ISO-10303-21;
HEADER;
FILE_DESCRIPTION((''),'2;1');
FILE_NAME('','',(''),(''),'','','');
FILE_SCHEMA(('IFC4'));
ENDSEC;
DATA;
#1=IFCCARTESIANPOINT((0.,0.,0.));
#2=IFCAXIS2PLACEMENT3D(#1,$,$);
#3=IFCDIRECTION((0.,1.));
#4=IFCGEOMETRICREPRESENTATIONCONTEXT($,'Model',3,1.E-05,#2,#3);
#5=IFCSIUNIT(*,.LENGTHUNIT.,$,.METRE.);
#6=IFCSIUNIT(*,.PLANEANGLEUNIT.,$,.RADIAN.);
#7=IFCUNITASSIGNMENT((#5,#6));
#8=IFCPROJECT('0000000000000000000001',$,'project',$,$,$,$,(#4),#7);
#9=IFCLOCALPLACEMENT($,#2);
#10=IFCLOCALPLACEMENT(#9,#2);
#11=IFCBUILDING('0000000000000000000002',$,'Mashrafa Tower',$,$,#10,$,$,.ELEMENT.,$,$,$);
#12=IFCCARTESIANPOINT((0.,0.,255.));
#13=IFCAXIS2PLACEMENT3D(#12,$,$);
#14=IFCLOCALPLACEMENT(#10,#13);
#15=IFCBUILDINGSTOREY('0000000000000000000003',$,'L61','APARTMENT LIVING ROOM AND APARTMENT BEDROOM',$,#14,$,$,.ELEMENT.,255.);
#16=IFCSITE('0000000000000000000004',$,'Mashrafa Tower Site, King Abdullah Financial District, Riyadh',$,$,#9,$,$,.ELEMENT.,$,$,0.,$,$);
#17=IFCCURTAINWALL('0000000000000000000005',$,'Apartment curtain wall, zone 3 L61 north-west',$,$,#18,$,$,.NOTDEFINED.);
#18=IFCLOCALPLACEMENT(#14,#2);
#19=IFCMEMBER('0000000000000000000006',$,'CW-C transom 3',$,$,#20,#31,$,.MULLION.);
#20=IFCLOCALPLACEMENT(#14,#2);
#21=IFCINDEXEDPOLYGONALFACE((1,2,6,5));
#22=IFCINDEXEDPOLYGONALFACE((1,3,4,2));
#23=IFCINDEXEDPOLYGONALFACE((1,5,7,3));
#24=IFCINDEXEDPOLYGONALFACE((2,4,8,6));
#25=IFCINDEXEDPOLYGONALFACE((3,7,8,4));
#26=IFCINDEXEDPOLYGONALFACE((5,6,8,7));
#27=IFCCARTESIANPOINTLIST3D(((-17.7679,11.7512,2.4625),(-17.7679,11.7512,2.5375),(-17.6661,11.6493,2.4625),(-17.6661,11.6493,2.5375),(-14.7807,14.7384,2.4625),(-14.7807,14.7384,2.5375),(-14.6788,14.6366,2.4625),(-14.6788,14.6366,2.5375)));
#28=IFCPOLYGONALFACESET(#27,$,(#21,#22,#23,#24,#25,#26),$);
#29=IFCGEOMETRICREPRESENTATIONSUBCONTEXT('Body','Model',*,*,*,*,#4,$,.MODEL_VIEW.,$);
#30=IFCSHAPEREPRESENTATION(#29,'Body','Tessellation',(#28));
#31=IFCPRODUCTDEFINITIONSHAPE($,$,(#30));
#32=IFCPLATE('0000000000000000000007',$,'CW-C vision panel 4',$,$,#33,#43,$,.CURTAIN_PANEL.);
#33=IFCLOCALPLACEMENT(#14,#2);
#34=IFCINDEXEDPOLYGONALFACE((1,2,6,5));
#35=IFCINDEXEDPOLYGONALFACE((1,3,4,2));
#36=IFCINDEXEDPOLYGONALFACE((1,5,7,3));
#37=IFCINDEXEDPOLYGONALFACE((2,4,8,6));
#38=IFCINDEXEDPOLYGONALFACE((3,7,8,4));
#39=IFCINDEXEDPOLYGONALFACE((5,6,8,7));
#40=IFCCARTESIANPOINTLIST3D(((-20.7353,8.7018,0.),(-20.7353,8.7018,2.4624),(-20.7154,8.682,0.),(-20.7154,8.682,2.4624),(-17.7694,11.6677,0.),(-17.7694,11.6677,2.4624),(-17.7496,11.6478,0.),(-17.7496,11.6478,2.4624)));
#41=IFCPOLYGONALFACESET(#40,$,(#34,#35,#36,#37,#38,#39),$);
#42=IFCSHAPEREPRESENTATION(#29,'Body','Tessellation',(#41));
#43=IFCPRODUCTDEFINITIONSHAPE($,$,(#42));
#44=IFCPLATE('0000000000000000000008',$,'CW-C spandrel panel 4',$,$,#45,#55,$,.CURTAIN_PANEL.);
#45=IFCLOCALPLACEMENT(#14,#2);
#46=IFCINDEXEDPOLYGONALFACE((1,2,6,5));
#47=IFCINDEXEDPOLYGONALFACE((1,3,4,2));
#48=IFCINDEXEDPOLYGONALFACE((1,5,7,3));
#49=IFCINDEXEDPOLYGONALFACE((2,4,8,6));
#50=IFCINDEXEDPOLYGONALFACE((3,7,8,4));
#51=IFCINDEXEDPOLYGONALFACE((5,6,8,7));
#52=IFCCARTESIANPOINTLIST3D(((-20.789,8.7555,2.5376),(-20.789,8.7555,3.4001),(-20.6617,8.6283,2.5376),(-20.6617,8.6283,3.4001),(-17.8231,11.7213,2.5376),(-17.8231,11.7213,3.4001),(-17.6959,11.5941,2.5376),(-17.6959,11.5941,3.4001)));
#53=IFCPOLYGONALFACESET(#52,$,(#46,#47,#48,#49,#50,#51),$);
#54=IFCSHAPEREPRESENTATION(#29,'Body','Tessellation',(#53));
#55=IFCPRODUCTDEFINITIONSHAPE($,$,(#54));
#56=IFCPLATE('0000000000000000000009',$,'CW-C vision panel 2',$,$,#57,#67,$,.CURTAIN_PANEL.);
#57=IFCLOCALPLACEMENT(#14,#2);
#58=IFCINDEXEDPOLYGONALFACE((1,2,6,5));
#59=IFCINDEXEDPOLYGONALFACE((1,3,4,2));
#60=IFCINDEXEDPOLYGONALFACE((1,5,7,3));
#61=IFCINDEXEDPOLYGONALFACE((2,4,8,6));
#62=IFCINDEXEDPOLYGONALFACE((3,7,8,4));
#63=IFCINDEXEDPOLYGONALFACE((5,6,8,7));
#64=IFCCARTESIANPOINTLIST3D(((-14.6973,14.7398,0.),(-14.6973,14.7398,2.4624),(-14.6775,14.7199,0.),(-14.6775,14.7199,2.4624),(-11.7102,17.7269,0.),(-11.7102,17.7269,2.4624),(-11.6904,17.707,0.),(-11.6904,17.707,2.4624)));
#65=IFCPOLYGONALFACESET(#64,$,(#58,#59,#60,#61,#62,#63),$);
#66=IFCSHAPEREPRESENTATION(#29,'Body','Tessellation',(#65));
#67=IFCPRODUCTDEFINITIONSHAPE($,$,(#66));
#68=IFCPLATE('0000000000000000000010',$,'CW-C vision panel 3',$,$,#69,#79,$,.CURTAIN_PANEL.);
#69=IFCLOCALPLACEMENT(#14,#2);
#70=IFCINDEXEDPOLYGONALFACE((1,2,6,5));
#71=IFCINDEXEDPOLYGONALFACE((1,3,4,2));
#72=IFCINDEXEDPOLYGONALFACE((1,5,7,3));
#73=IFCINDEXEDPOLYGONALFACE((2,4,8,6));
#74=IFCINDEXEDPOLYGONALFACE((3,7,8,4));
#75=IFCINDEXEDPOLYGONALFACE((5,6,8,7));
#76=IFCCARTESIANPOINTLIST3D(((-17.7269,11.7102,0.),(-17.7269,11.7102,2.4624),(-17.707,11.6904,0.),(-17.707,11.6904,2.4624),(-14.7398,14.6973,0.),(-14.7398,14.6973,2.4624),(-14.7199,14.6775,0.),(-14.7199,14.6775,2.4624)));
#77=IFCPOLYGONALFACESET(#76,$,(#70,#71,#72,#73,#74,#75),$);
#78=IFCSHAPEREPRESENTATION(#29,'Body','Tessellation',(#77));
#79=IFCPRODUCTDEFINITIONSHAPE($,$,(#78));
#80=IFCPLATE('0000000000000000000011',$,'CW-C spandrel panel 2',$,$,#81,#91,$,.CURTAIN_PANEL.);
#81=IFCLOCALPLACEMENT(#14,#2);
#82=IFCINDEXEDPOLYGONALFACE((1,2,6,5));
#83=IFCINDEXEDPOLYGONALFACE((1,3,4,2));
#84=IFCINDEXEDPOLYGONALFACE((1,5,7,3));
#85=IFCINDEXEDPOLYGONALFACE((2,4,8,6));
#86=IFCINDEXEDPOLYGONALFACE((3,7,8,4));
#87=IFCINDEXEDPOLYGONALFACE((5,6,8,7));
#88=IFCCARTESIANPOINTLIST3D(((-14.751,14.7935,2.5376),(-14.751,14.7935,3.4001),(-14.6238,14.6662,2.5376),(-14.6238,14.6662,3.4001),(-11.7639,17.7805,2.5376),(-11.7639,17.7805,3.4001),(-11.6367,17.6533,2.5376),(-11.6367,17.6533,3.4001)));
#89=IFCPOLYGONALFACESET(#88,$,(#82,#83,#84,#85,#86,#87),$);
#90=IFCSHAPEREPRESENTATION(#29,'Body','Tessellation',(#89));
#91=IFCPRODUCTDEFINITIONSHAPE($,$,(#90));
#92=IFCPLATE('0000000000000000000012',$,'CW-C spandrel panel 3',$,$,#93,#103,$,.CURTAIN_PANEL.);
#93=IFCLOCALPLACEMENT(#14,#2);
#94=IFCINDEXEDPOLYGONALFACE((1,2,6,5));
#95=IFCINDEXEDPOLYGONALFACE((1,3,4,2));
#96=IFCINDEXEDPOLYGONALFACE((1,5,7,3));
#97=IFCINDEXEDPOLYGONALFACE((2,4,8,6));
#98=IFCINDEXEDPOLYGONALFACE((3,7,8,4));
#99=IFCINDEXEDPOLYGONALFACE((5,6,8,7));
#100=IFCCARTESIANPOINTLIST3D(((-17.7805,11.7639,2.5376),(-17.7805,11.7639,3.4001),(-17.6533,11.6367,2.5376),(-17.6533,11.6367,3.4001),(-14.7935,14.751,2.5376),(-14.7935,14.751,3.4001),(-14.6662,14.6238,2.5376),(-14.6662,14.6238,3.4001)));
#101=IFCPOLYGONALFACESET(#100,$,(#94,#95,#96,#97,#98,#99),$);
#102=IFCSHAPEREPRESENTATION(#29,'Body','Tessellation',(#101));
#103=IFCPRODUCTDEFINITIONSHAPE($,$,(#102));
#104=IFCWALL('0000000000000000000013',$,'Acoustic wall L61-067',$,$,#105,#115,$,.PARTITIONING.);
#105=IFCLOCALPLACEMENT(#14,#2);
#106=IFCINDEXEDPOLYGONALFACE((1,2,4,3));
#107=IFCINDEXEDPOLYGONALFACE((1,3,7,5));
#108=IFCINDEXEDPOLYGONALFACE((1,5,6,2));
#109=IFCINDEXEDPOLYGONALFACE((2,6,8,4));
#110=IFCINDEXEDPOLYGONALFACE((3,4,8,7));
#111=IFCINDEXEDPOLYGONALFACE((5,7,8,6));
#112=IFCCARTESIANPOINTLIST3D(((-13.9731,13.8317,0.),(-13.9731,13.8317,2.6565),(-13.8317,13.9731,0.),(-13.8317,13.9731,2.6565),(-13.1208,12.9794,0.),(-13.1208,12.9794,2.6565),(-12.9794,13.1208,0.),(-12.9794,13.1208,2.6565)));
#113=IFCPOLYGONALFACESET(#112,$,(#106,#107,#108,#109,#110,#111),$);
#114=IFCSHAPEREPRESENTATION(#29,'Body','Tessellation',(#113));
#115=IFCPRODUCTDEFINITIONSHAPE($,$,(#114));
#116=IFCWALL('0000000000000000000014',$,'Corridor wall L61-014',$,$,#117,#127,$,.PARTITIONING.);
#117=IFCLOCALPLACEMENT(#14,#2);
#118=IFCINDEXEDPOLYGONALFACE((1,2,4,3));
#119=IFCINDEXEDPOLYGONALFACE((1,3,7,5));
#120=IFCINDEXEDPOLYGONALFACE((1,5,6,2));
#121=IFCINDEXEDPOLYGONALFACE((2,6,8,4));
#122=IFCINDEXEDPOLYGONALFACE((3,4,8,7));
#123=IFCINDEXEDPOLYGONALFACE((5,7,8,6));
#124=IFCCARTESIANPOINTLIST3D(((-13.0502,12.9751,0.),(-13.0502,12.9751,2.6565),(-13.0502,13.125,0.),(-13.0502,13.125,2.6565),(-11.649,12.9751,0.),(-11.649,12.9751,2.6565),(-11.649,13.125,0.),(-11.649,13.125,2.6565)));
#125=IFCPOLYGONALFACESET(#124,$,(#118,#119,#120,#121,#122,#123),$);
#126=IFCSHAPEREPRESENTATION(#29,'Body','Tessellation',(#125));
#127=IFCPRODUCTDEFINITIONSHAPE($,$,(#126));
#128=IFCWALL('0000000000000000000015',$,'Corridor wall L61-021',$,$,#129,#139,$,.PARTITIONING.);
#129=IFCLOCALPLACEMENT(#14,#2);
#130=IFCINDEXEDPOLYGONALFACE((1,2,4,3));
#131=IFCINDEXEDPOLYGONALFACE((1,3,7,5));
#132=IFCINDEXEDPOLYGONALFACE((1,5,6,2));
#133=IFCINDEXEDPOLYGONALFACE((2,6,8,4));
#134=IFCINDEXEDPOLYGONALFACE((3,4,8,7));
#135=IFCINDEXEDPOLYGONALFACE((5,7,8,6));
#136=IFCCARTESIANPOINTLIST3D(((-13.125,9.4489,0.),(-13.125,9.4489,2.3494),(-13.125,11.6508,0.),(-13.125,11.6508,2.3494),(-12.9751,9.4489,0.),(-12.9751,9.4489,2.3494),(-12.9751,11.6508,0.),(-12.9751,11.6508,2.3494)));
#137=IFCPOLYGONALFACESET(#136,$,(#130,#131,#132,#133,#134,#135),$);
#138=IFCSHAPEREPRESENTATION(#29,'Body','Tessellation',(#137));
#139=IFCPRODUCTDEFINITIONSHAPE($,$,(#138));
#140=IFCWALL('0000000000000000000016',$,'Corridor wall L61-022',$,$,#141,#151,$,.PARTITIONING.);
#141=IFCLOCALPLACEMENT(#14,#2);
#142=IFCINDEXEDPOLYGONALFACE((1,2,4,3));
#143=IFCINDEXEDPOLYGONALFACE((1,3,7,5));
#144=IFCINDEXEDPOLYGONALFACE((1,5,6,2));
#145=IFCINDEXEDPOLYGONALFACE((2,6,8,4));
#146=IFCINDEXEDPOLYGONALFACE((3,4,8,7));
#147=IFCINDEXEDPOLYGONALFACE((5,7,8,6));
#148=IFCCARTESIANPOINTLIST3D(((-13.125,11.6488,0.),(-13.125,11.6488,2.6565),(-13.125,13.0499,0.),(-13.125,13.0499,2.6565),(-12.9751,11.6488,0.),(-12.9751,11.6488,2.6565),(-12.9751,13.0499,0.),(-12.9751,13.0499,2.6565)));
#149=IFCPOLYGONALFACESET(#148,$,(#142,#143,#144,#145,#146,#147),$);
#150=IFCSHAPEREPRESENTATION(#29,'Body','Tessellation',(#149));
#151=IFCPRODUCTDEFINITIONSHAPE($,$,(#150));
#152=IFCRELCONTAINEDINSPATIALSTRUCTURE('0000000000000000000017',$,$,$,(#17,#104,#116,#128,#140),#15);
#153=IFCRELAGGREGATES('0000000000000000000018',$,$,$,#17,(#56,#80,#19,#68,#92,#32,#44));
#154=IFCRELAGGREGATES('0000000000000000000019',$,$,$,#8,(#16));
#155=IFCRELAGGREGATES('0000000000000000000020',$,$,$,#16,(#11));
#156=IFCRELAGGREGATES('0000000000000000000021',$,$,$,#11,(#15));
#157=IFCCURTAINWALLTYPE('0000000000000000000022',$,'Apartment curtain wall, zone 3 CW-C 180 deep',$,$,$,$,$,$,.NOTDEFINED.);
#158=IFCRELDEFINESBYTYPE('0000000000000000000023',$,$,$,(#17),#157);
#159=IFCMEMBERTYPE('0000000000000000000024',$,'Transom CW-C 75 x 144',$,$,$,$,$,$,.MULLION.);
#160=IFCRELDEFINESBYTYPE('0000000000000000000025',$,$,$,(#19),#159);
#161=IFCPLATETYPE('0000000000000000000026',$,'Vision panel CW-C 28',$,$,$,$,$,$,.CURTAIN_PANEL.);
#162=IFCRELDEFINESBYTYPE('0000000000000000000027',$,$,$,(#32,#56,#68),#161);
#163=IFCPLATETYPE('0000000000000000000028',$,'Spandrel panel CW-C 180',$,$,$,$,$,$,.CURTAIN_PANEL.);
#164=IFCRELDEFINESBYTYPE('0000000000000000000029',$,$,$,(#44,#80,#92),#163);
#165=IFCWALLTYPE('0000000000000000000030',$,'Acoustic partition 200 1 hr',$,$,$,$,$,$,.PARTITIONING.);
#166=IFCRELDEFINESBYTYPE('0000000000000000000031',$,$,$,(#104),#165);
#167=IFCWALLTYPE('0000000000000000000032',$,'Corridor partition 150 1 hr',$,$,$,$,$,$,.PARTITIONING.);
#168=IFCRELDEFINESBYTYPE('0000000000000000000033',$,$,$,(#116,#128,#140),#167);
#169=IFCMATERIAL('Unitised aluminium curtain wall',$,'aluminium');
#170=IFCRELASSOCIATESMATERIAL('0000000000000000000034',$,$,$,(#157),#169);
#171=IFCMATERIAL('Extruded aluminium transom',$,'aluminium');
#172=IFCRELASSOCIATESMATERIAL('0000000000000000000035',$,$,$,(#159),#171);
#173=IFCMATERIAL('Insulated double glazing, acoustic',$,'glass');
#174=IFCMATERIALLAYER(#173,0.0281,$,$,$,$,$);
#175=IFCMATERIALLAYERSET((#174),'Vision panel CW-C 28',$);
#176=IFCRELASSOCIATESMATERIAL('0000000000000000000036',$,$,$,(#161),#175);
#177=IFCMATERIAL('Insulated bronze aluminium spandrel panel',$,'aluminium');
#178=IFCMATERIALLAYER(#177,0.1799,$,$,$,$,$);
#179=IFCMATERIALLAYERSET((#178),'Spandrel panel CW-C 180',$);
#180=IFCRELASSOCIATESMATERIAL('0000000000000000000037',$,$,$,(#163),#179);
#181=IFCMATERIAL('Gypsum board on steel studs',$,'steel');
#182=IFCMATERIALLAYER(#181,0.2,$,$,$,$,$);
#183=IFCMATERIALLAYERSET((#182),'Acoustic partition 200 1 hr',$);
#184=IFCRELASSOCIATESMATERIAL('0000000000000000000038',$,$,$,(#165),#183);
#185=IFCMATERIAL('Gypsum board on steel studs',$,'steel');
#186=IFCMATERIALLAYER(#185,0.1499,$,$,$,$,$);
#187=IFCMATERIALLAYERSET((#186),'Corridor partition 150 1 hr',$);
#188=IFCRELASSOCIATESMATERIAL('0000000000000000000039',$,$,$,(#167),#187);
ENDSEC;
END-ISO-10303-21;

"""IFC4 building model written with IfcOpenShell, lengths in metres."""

from ifc_helpers import new_model, si_unit, direction, frame, frame_2d, origin, origin_2d, place, context, subcontext, project, spatial, rectangle, extrude, source, transform, mapped, material, layer, layer_set, material_profile, profile_set, type_object, type_shapes, element, aggregate, save


model = new_model("IFC4")

# Units and contexts
model_context = context("Model", 3, precision=1e-05, world=origin(), true_north=direction((0.0, 1.0)))
body_context = subcontext(model_context, "Body", "Model", "MODEL_VIEW")
ifc_project = project(units=[si_unit("LENGTHUNIT", "METRE"), si_unit("PLANEANGLEUNIT", "RADIAN")], contexts=[model_context])

# Site, building, storey
site_placement = place(None, origin())
site = spatial("IfcSite", under=ifc_project, at=site_placement, Name="Mashrafa Tower Site, King Abdullah Financial District, Riyadh", CompositionType="ELEMENT", RefElevation=0.0)
building_placement = place(site_placement, origin())
building = spatial("IfcBuilding", under=site, at=building_placement, Name="Mashrafa Tower", CompositionType="ELEMENT")
storey_placement = place(building_placement, frame((0.0, 0.0, 255.0)))
storey = spatial("IfcBuildingStorey", under=building, at=storey_placement, Name="L61", Description="APARTMENT LIVING ROOM AND APARTMENT BEDROOM", CompositionType="ELEMENT", Elevation=255.0)

# Curtain wall, member, plates
ifc_material_1 = material(Name="Unitised aluminium curtain wall", Category="aluminium")
curtain_wall_type = type_object("IfcCurtainWallType", Name="Apartment curtain wall, zone 3 CW-C 180 deep", PredefinedType="NOTDEFINED", material=ifc_material_1)
curtain_wall_placement = place(storey_placement, origin())
curtain_wall = element("IfcCurtainWall", 1, at=curtain_wall_placement, inside=storey, type_object=curtain_wall_type, Name="Apartment curtain wall, zone 3 L61 north-west", PredefinedType="NOTDEFINED")
ifc_material_2 = material(Name="Extruded aluminium transom", Category="aluminium")
ifc_material_profile_1 = material_profile(ifc_material_2, rectangle(XDim=0.144, YDim=0.075, at=origin_2d()), Name="Transom 75x144")
ifc_profile_set_1 = profile_set([ifc_material_profile_1], Name="Extruded aluminium transom")
member_type_1 = type_object("IfcMemberType", Name="Transom CW-C 75 x 144", PredefinedType="MULLION", material=ifc_profile_set_1)
shared_shape_1 = source(origin(), body_context, "Body", "SweptSolid", [
    extrude(rectangle(XDim=0.144, YDim=0.075, at=origin_2d()), origin(), (0.0, 0.0, 1.0), 4.2246),
])
member_1_placement = place(storey_placement, frame((-14.7297, 14.6875, 2.5), z_axis=(-0.707107, -0.707107, 0.0), x_axis=(0.707107, -0.707107, 0.0)))
member_1 = element("IfcMember", 2, at=member_1_placement, type_object=member_type_1, Name="CW-C transom 3", PredefinedType="MULLION", context=body_context, shape_type="MappedRepresentation", body=[
    mapped(shared_shape_1, transform((0.0, 0.0, 0.0))),
])
ifc_material_3 = material(Name="Insulated double glazing, acoustic", Category="glass")
ifc_layer_1 = layer(ifc_material_3, 0.0281)
ifc_layer_set_1 = layer_set([ifc_layer_1], Name="Vision panel CW-C 28")
plate_type_1 = type_object("IfcPlateType", Name="Vision panel CW-C 28", PredefinedType="CURTAIN_PANEL", material=ifc_layer_set_1)
shared_shape_2 = source(origin(), body_context, "Body", "SweptSolid", [
    extrude(rectangle(XDim=4.1943, YDim=0.0281, at=origin_2d()), origin(), (0.0, 0.0, 1.0), 2.4624),
])
plate_1_placement = place(storey_placement, frame((-19.2424, 10.1748, 0.0), z_axis=(0.0, 0.0, 1.0), x_axis=(-0.707107, -0.707107, 0.0)))
plate_1 = element("IfcPlate", 3, at=plate_1_placement, type_object=plate_type_1, Name="CW-C vision panel 4", PredefinedType="CURTAIN_PANEL", context=body_context, shape_type="MappedRepresentation", body=[
    mapped(shared_shape_2, transform((0.0, 0.0, 0.0))),
])
ifc_material_4 = material(Name="Insulated bronze aluminium spandrel panel", Category="aluminium")
ifc_layer_2 = layer(ifc_material_4, 0.1799)
ifc_layer_set_2 = layer_set([ifc_layer_2], Name="Spandrel panel CW-C 180")
plate_type_2 = type_object("IfcPlateType", Name="Spandrel panel CW-C 180", PredefinedType="CURTAIN_PANEL", material=ifc_layer_set_2)
shared_shape_3 = source(origin(), body_context, "Body", "SweptSolid", [
    extrude(rectangle(XDim=4.1943, YDim=0.1799, at=origin_2d()), origin(), (0.0, 0.0, 1.0), 0.8625),
])
plate_2_placement = place(storey_placement, frame((-19.2424, 10.1748, 2.5376), z_axis=(0.0, 0.0, 1.0), x_axis=(-0.707107, -0.707107, 0.0)))
plate_2 = element("IfcPlate", 4, at=plate_2_placement, type_object=plate_type_2, Name="CW-C spandrel panel 4", PredefinedType="CURTAIN_PANEL", context=body_context, shape_type="MappedRepresentation", body=[
    mapped(shared_shape_3, transform((0.0, 0.0, 0.0))),
])
shared_shape_4 = source(origin(), body_context, "Body", "SweptSolid", [
    extrude(rectangle(XDim=4.2244, YDim=0.0281, at=origin_2d()), origin(), (0.0, 0.0, 1.0), 2.4624),
])
type_shapes(plate_type_1, [shared_shape_2, shared_shape_4])
plate_3_placement = place(storey_placement, frame((-13.1938, 16.2234, 0.0), z_axis=(0.0, 0.0, 1.0), x_axis=(-0.707107, -0.707107, 0.0)))
plate_3 = element("IfcPlate", 5, at=plate_3_placement, type_object=plate_type_1, Name="CW-C vision panel 2", PredefinedType="CURTAIN_PANEL", context=body_context, shape_type="MappedRepresentation", body=[
    mapped(shared_shape_4, transform((0.0, 0.0, 0.0))),
])
plate_4_placement = place(storey_placement, frame((-16.2234, 13.1938, 0.0), z_axis=(0.0, 0.0, 1.0), x_axis=(-0.707107, -0.707107, 0.0)))
plate_4 = element("IfcPlate", 6, at=plate_4_placement, type_object=plate_type_1, Name="CW-C vision panel 3", PredefinedType="CURTAIN_PANEL", context=body_context, shape_type="MappedRepresentation", body=[
    mapped(shared_shape_4, transform((0.0, 0.0, 0.0))),
])
shared_shape_5 = source(origin(), body_context, "Body", "SweptSolid", [
    extrude(rectangle(XDim=4.2244, YDim=0.1799, at=origin_2d()), origin(), (0.0, 0.0, 1.0), 0.8625),
])
type_shapes(plate_type_2, [shared_shape_3, shared_shape_5])
plate_5_placement = place(storey_placement, frame((-13.1938, 16.2234, 2.5376), z_axis=(0.0, 0.0, 1.0), x_axis=(-0.707107, -0.707107, 0.0)))
plate_5 = element("IfcPlate", 7, at=plate_5_placement, type_object=plate_type_2, Name="CW-C spandrel panel 2", PredefinedType="CURTAIN_PANEL", context=body_context, shape_type="MappedRepresentation", body=[
    mapped(shared_shape_5, transform((0.0, 0.0, 0.0))),
])
plate_6_placement = place(storey_placement, frame((-16.2234, 13.1938, 2.5376), z_axis=(0.0, 0.0, 1.0), x_axis=(-0.707107, -0.707107, 0.0)))
plate_6 = element("IfcPlate", 8, at=plate_6_placement, type_object=plate_type_2, Name="CW-C spandrel panel 3", PredefinedType="CURTAIN_PANEL", context=body_context, shape_type="MappedRepresentation", body=[
    mapped(shared_shape_5, transform((0.0, 0.0, 0.0))),
])
aggregate(curtain_wall, [plate_3, plate_5, member_1, plate_4, plate_6, plate_1, plate_2])

# Walls
ifc_material_5 = material(Name="Gypsum board on steel studs", Category="steel")
ifc_layer_3 = layer(ifc_material_5, 0.2)
ifc_layer_set_3 = layer_set([ifc_layer_3], Name="Acoustic partition 200 1 hr")
wall_type_1 = type_object("IfcWallType", Name="Acoustic partition 200 1 hr", PredefinedType="PARTITIONING", material=ifc_layer_set_3)
wall_1_placement = place(storey_placement, frame((-13.9023, 13.9023, 0.0), z_axis=(0.0, 0.0, 1.0), x_axis=(0.707107, -0.707107, 0.0)))
element("IfcWall", 9, at=wall_1_placement, inside=storey, type_object=wall_type_1, Name="Acoustic wall L61-067", PredefinedType="PARTITIONING", context=body_context, shape_type="SweptSolid", body=[
    extrude(rectangle(XDim=1.2053, YDim=0.2, at=frame_2d((0.6025, 0.0))), origin(), (0.0, 0.0, 1.0), 2.6565),
])
ifc_material_6 = material(Name="Gypsum board on steel studs", Category="steel")
ifc_layer_4 = layer(ifc_material_6, 0.1499)
ifc_layer_set_4 = layer_set([ifc_layer_4], Name="Corridor partition 150 1 hr")
wall_type_2 = type_object("IfcWallType", Name="Corridor partition 150 1 hr", PredefinedType="PARTITIONING", material=ifc_layer_set_4)
wall_2_placement = place(storey_placement, frame((-11.6489, 13.05, 0.0), z_axis=(0.0, 0.0, 1.0), x_axis=(-1.0, 0.0, 0.0)))
element("IfcWall", 10, at=wall_2_placement, inside=storey, type_object=wall_type_2, Name="Corridor wall L61-014", PredefinedType="PARTITIONING", context=body_context, shape_type="SweptSolid", body=[
    extrude(rectangle(XDim=1.4011, YDim=0.1499, at=frame_2d((0.7007, 0.0))), origin(), (0.0, 0.0, 1.0), 2.6565),
])
wall_3_placement = place(storey_placement, frame((-13.05, 11.6509, 0.0), z_axis=(0.0, 0.0, 1.0), x_axis=(0.0, -1.0, 0.0)))
element("IfcWall", 11, at=wall_3_placement, inside=storey, type_object=wall_type_2, Name="Corridor wall L61-021", PredefinedType="PARTITIONING", context=body_context, shape_type="SweptSolid", body=[
    extrude(rectangle(XDim=2.2019, YDim=0.1499, at=frame_2d((1.1011, 0.0))), origin(), (0.0, 0.0, 1.0), 2.3494),
])
wall_4_placement = place(storey_placement, frame((-13.05, 13.05, 0.0), z_axis=(0.0, 0.0, 1.0), x_axis=(0.0, -1.0, 0.0)))
element("IfcWall", 12, at=wall_4_placement, inside=storey, type_object=wall_type_2, Name="Corridor wall L61-022", PredefinedType="PARTITIONING", context=body_context, shape_type="SweptSolid", body=[
    extrude(rectangle(XDim=1.4011, YDim=0.1499, at=frame_2d((0.7007, 0.0))), origin(), (0.0, 0.0, 1.0), 2.6565),
])

save(model, "model.ifc")
